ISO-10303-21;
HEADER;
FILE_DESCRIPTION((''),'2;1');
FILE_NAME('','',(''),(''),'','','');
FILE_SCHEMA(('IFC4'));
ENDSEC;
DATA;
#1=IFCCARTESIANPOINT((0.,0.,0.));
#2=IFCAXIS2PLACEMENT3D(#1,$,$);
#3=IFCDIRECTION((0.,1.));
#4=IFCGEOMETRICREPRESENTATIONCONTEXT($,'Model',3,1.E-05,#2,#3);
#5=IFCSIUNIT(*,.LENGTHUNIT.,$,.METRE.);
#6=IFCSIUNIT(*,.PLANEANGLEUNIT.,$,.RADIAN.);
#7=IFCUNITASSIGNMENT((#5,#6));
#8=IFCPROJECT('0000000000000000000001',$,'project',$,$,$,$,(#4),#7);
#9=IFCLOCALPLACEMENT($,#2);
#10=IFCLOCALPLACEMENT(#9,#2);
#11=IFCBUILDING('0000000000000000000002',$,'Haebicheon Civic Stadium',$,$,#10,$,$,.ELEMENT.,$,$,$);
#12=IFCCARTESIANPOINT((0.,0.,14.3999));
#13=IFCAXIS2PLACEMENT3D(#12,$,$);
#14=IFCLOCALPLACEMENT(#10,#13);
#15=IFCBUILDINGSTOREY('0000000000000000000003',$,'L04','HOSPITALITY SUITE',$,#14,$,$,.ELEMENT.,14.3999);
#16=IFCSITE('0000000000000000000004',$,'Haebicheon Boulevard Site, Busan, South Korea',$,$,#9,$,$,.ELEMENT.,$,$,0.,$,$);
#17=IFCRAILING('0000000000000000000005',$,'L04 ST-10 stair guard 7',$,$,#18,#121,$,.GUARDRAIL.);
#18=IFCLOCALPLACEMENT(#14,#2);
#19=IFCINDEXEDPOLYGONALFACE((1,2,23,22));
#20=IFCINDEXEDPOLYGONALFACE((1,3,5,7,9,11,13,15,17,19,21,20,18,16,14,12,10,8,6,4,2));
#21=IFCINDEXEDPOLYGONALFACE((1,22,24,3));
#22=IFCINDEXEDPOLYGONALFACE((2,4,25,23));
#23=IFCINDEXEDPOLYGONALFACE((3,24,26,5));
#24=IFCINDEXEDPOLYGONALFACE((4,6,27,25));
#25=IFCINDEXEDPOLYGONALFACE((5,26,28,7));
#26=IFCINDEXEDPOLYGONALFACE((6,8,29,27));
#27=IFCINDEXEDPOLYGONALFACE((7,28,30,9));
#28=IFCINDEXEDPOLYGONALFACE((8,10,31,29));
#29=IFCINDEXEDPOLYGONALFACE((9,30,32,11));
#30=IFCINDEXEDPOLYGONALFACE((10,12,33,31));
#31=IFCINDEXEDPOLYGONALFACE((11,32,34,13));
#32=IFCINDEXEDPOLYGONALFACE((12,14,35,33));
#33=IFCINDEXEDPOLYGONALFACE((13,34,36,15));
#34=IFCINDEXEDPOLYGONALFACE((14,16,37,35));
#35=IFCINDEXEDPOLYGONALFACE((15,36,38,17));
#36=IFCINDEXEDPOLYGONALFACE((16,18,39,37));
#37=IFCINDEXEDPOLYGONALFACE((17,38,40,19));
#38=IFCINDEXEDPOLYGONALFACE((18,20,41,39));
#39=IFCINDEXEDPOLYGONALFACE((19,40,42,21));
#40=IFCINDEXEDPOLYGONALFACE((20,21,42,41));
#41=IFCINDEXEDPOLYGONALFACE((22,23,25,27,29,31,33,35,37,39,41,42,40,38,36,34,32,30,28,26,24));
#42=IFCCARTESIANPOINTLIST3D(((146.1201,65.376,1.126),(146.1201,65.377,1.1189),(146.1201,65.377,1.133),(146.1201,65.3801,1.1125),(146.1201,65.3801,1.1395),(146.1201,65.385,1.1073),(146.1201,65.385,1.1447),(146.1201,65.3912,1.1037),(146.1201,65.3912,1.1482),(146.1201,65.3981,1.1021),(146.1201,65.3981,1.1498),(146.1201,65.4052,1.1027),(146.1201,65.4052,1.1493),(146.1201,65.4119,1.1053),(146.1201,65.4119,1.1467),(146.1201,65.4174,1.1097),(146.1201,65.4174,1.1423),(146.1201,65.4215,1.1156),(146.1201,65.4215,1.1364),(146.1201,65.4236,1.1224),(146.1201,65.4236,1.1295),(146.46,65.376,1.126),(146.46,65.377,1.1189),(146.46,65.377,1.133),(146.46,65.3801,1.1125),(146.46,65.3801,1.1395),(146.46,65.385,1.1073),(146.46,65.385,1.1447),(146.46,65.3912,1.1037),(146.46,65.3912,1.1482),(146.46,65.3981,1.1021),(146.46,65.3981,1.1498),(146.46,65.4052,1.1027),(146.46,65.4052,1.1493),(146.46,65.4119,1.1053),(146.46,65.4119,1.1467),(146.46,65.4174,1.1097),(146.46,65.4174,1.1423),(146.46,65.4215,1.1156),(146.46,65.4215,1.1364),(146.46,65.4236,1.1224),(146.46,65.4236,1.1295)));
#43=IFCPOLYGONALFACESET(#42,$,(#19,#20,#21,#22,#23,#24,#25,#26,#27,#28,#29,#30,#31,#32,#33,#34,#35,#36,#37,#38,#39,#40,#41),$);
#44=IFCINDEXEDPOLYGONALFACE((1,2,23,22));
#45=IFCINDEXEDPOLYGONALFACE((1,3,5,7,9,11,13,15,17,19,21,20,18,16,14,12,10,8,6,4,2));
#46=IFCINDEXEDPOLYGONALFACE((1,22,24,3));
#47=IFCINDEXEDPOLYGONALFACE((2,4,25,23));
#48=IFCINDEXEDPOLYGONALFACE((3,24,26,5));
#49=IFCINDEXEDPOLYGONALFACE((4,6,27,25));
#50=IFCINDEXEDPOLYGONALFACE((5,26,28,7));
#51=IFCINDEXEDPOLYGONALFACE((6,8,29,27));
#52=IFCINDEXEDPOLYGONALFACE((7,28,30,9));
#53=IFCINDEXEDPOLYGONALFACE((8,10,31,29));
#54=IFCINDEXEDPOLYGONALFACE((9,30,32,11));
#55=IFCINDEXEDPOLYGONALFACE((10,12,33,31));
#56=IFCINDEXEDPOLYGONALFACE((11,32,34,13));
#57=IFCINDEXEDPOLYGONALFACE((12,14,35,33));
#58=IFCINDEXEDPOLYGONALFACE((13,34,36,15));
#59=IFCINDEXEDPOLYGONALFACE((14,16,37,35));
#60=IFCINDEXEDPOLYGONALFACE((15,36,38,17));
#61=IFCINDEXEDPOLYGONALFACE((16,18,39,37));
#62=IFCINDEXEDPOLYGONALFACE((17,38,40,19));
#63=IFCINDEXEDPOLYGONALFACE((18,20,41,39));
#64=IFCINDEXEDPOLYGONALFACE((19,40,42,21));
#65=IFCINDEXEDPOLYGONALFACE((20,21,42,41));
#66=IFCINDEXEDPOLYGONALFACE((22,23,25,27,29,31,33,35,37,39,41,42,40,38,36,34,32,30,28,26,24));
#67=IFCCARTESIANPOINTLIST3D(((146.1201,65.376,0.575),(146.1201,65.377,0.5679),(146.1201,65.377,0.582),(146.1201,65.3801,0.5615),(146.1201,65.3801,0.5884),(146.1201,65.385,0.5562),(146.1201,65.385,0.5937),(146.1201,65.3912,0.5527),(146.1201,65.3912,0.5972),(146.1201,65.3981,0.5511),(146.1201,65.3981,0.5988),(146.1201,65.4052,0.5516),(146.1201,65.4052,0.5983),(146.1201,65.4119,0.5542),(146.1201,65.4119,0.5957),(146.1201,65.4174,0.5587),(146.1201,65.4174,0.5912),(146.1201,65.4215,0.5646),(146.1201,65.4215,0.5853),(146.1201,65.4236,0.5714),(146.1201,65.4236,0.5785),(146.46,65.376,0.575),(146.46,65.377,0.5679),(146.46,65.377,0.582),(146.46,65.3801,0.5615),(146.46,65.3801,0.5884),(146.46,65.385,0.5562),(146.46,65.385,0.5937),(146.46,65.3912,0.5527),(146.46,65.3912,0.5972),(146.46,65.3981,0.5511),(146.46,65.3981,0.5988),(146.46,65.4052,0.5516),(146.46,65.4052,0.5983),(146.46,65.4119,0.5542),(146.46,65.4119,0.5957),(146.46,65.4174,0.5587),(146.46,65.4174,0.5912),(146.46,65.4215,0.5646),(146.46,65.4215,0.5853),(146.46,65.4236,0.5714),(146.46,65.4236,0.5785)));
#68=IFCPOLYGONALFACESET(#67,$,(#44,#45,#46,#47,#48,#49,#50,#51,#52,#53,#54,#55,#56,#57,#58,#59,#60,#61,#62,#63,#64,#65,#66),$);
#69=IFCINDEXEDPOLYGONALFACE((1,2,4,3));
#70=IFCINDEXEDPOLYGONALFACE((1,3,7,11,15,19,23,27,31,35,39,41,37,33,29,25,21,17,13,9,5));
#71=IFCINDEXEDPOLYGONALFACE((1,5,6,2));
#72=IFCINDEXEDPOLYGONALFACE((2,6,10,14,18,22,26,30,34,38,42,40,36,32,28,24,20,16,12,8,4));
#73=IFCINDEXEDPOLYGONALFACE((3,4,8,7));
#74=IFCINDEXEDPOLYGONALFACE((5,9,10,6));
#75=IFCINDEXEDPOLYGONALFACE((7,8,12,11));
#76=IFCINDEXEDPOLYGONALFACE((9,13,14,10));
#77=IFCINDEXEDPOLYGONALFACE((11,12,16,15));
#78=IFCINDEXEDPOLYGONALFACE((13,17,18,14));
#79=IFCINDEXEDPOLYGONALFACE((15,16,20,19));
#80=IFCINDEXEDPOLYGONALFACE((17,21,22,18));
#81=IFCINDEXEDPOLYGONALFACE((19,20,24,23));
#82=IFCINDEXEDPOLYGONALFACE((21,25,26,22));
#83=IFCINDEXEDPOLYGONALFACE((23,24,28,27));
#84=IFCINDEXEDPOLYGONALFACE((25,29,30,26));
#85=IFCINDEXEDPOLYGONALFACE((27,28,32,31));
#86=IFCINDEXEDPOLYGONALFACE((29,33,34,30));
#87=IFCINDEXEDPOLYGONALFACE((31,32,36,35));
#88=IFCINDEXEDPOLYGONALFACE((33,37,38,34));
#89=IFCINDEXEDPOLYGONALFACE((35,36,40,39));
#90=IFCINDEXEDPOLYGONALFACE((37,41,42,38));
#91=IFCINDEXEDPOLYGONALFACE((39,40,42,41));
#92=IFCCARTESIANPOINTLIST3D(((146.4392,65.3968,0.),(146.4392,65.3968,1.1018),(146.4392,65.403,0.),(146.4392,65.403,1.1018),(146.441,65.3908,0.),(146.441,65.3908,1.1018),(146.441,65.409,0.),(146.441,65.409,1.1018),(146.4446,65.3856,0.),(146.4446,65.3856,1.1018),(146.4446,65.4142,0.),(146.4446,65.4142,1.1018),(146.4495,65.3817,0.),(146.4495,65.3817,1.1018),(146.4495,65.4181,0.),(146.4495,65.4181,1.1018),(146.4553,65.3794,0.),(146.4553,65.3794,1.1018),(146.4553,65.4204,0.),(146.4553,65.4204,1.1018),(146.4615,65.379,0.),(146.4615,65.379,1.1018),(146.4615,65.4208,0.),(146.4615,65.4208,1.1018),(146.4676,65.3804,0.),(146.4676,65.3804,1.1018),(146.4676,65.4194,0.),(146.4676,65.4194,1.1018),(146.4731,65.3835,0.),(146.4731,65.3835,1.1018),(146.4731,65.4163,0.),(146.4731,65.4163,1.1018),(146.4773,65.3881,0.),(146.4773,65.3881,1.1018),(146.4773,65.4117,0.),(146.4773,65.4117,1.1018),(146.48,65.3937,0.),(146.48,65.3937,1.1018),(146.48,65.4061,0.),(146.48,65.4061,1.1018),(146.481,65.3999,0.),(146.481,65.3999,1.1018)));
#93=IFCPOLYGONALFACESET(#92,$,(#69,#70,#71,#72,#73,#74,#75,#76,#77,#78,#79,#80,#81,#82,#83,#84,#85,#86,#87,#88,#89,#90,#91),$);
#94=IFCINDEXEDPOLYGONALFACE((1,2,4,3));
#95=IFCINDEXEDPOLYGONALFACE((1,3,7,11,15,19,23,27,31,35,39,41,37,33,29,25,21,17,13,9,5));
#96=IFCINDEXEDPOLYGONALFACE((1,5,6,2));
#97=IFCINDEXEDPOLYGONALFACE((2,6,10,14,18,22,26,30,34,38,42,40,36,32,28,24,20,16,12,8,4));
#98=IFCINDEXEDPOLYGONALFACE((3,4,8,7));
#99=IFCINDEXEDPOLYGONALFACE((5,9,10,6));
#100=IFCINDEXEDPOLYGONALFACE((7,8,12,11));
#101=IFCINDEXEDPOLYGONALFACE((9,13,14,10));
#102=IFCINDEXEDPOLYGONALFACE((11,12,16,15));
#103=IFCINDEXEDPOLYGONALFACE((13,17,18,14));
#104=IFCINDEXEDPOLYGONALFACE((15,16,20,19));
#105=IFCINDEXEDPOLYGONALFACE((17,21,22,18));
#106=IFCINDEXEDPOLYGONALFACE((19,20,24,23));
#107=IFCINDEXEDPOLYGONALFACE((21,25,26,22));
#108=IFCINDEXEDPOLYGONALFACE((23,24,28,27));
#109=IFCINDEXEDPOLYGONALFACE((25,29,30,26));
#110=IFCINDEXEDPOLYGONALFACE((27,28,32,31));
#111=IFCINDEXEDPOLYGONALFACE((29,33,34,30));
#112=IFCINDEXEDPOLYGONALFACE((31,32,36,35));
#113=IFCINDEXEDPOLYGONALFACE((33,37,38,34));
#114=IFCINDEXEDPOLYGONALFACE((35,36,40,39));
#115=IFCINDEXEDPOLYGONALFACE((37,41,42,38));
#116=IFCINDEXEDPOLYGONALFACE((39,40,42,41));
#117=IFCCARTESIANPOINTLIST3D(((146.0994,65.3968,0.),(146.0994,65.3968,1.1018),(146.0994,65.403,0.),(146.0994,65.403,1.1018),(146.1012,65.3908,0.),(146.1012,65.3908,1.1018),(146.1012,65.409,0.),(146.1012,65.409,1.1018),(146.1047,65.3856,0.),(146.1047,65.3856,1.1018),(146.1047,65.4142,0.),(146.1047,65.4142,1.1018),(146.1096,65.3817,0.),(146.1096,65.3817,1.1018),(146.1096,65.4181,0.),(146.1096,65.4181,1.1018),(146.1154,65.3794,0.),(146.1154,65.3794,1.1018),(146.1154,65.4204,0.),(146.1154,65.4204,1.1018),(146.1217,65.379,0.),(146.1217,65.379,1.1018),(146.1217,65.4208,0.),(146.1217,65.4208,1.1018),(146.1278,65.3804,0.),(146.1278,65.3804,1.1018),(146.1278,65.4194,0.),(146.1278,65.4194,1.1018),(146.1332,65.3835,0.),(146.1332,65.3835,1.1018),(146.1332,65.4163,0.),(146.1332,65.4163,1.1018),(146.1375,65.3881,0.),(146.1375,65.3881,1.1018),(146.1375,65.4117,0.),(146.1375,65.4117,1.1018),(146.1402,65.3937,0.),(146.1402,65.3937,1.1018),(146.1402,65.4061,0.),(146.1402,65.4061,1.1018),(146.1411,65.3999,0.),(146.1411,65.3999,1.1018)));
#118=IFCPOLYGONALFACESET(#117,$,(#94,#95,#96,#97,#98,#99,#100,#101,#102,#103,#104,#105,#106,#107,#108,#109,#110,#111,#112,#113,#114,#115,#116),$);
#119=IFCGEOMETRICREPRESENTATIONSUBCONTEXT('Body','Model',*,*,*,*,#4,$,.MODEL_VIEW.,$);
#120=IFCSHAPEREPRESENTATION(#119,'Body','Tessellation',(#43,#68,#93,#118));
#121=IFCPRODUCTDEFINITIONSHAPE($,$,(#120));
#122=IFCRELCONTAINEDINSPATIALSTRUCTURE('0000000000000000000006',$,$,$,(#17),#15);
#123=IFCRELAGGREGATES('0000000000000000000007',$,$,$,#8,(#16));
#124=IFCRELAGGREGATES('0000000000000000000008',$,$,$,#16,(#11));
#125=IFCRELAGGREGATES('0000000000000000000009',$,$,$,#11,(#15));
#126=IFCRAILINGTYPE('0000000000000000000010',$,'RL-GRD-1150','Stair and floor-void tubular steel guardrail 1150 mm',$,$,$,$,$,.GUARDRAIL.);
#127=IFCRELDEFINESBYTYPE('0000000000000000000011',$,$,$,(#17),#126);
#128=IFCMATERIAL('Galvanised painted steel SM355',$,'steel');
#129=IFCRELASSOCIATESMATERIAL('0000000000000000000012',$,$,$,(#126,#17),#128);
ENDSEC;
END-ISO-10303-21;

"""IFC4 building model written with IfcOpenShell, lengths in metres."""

from ifc_helpers import new_model, si_unit, direction, frame, origin, origin_2d, place, context, subcontext, project, spatial, circle, extrude, material, type_object, element, save


model = new_model("IFC4")

# Units and contexts
model_context = context("Model", 3, precision=1e-05, world=origin(), true_north=direction((0.0, 1.0)))
body_context = subcontext(model_context, "Body", "Model", "MODEL_VIEW")
ifc_project = project(units=[si_unit("LENGTHUNIT", "METRE"), si_unit("PLANEANGLEUNIT", "RADIAN")], contexts=[model_context])

# Site, building, storey
site_placement = place(None, origin())
site = spatial("IfcSite", under=ifc_project, at=site_placement, Name="Haebicheon Boulevard Site, Busan, South Korea", CompositionType="ELEMENT", RefElevation=0.0)
building_placement = place(site_placement, origin())
building = spatial("IfcBuilding", under=site, at=building_placement, Name="Haebicheon Civic Stadium", CompositionType="ELEMENT")
storey_placement = place(building_placement, frame((0.0, 0.0, 14.3999)))
storey = spatial("IfcBuildingStorey", under=building, at=storey_placement, Name="L04", Description="HOSPITALITY SUITE", CompositionType="ELEMENT", Elevation=14.3999)

# Railing
ifc_material_1 = material(Name="Galvanised painted steel SM355", Category="steel")
railing_type_1 = type_object("IfcRailingType", Name="RL-GRD-1150", Description="Stair and floor-void tubular steel guardrail 1150 mm", PredefinedType="GUARDRAIL", material=ifc_material_1)
railing_1_placement = place(storey_placement, frame((146.46, 65.3999, 0.0)))
element("IfcRailing", 1, at=railing_1_placement, inside=storey, type_object=railing_type_1, material=ifc_material_1, Name="L04 ST-10 stair guard 7", PredefinedType="GUARDRAIL", context=body_context, shape_type="SweptSolid", body=[
    extrude(circle(Radius=0.0239, at=origin_2d()), frame((0.0, 0.0, 1.126), z_axis=(-1.0, 0.0, 0.0), x_axis=(0.0, -1.0, 0.0)), (0.0, 0.0, 1.0), 0.3398),
    extrude(circle(Radius=0.0239, at=origin_2d()), frame((0.0, 0.0, 0.575), z_axis=(-1.0, 0.0, 0.0), x_axis=(0.0, -1.0, 0.0)), (0.0, 0.0, 1.0), 0.3398),
    extrude(circle(Radius=0.021, at=origin_2d()), origin(), (0.0, 0.0, 1.0), 1.1018),
    extrude(circle(Radius=0.021, at=origin_2d()), frame((-0.3398, 0.0, 0.0)), (0.0, 0.0, 1.0), 1.1018),
])

save(model, "model.ifc")
